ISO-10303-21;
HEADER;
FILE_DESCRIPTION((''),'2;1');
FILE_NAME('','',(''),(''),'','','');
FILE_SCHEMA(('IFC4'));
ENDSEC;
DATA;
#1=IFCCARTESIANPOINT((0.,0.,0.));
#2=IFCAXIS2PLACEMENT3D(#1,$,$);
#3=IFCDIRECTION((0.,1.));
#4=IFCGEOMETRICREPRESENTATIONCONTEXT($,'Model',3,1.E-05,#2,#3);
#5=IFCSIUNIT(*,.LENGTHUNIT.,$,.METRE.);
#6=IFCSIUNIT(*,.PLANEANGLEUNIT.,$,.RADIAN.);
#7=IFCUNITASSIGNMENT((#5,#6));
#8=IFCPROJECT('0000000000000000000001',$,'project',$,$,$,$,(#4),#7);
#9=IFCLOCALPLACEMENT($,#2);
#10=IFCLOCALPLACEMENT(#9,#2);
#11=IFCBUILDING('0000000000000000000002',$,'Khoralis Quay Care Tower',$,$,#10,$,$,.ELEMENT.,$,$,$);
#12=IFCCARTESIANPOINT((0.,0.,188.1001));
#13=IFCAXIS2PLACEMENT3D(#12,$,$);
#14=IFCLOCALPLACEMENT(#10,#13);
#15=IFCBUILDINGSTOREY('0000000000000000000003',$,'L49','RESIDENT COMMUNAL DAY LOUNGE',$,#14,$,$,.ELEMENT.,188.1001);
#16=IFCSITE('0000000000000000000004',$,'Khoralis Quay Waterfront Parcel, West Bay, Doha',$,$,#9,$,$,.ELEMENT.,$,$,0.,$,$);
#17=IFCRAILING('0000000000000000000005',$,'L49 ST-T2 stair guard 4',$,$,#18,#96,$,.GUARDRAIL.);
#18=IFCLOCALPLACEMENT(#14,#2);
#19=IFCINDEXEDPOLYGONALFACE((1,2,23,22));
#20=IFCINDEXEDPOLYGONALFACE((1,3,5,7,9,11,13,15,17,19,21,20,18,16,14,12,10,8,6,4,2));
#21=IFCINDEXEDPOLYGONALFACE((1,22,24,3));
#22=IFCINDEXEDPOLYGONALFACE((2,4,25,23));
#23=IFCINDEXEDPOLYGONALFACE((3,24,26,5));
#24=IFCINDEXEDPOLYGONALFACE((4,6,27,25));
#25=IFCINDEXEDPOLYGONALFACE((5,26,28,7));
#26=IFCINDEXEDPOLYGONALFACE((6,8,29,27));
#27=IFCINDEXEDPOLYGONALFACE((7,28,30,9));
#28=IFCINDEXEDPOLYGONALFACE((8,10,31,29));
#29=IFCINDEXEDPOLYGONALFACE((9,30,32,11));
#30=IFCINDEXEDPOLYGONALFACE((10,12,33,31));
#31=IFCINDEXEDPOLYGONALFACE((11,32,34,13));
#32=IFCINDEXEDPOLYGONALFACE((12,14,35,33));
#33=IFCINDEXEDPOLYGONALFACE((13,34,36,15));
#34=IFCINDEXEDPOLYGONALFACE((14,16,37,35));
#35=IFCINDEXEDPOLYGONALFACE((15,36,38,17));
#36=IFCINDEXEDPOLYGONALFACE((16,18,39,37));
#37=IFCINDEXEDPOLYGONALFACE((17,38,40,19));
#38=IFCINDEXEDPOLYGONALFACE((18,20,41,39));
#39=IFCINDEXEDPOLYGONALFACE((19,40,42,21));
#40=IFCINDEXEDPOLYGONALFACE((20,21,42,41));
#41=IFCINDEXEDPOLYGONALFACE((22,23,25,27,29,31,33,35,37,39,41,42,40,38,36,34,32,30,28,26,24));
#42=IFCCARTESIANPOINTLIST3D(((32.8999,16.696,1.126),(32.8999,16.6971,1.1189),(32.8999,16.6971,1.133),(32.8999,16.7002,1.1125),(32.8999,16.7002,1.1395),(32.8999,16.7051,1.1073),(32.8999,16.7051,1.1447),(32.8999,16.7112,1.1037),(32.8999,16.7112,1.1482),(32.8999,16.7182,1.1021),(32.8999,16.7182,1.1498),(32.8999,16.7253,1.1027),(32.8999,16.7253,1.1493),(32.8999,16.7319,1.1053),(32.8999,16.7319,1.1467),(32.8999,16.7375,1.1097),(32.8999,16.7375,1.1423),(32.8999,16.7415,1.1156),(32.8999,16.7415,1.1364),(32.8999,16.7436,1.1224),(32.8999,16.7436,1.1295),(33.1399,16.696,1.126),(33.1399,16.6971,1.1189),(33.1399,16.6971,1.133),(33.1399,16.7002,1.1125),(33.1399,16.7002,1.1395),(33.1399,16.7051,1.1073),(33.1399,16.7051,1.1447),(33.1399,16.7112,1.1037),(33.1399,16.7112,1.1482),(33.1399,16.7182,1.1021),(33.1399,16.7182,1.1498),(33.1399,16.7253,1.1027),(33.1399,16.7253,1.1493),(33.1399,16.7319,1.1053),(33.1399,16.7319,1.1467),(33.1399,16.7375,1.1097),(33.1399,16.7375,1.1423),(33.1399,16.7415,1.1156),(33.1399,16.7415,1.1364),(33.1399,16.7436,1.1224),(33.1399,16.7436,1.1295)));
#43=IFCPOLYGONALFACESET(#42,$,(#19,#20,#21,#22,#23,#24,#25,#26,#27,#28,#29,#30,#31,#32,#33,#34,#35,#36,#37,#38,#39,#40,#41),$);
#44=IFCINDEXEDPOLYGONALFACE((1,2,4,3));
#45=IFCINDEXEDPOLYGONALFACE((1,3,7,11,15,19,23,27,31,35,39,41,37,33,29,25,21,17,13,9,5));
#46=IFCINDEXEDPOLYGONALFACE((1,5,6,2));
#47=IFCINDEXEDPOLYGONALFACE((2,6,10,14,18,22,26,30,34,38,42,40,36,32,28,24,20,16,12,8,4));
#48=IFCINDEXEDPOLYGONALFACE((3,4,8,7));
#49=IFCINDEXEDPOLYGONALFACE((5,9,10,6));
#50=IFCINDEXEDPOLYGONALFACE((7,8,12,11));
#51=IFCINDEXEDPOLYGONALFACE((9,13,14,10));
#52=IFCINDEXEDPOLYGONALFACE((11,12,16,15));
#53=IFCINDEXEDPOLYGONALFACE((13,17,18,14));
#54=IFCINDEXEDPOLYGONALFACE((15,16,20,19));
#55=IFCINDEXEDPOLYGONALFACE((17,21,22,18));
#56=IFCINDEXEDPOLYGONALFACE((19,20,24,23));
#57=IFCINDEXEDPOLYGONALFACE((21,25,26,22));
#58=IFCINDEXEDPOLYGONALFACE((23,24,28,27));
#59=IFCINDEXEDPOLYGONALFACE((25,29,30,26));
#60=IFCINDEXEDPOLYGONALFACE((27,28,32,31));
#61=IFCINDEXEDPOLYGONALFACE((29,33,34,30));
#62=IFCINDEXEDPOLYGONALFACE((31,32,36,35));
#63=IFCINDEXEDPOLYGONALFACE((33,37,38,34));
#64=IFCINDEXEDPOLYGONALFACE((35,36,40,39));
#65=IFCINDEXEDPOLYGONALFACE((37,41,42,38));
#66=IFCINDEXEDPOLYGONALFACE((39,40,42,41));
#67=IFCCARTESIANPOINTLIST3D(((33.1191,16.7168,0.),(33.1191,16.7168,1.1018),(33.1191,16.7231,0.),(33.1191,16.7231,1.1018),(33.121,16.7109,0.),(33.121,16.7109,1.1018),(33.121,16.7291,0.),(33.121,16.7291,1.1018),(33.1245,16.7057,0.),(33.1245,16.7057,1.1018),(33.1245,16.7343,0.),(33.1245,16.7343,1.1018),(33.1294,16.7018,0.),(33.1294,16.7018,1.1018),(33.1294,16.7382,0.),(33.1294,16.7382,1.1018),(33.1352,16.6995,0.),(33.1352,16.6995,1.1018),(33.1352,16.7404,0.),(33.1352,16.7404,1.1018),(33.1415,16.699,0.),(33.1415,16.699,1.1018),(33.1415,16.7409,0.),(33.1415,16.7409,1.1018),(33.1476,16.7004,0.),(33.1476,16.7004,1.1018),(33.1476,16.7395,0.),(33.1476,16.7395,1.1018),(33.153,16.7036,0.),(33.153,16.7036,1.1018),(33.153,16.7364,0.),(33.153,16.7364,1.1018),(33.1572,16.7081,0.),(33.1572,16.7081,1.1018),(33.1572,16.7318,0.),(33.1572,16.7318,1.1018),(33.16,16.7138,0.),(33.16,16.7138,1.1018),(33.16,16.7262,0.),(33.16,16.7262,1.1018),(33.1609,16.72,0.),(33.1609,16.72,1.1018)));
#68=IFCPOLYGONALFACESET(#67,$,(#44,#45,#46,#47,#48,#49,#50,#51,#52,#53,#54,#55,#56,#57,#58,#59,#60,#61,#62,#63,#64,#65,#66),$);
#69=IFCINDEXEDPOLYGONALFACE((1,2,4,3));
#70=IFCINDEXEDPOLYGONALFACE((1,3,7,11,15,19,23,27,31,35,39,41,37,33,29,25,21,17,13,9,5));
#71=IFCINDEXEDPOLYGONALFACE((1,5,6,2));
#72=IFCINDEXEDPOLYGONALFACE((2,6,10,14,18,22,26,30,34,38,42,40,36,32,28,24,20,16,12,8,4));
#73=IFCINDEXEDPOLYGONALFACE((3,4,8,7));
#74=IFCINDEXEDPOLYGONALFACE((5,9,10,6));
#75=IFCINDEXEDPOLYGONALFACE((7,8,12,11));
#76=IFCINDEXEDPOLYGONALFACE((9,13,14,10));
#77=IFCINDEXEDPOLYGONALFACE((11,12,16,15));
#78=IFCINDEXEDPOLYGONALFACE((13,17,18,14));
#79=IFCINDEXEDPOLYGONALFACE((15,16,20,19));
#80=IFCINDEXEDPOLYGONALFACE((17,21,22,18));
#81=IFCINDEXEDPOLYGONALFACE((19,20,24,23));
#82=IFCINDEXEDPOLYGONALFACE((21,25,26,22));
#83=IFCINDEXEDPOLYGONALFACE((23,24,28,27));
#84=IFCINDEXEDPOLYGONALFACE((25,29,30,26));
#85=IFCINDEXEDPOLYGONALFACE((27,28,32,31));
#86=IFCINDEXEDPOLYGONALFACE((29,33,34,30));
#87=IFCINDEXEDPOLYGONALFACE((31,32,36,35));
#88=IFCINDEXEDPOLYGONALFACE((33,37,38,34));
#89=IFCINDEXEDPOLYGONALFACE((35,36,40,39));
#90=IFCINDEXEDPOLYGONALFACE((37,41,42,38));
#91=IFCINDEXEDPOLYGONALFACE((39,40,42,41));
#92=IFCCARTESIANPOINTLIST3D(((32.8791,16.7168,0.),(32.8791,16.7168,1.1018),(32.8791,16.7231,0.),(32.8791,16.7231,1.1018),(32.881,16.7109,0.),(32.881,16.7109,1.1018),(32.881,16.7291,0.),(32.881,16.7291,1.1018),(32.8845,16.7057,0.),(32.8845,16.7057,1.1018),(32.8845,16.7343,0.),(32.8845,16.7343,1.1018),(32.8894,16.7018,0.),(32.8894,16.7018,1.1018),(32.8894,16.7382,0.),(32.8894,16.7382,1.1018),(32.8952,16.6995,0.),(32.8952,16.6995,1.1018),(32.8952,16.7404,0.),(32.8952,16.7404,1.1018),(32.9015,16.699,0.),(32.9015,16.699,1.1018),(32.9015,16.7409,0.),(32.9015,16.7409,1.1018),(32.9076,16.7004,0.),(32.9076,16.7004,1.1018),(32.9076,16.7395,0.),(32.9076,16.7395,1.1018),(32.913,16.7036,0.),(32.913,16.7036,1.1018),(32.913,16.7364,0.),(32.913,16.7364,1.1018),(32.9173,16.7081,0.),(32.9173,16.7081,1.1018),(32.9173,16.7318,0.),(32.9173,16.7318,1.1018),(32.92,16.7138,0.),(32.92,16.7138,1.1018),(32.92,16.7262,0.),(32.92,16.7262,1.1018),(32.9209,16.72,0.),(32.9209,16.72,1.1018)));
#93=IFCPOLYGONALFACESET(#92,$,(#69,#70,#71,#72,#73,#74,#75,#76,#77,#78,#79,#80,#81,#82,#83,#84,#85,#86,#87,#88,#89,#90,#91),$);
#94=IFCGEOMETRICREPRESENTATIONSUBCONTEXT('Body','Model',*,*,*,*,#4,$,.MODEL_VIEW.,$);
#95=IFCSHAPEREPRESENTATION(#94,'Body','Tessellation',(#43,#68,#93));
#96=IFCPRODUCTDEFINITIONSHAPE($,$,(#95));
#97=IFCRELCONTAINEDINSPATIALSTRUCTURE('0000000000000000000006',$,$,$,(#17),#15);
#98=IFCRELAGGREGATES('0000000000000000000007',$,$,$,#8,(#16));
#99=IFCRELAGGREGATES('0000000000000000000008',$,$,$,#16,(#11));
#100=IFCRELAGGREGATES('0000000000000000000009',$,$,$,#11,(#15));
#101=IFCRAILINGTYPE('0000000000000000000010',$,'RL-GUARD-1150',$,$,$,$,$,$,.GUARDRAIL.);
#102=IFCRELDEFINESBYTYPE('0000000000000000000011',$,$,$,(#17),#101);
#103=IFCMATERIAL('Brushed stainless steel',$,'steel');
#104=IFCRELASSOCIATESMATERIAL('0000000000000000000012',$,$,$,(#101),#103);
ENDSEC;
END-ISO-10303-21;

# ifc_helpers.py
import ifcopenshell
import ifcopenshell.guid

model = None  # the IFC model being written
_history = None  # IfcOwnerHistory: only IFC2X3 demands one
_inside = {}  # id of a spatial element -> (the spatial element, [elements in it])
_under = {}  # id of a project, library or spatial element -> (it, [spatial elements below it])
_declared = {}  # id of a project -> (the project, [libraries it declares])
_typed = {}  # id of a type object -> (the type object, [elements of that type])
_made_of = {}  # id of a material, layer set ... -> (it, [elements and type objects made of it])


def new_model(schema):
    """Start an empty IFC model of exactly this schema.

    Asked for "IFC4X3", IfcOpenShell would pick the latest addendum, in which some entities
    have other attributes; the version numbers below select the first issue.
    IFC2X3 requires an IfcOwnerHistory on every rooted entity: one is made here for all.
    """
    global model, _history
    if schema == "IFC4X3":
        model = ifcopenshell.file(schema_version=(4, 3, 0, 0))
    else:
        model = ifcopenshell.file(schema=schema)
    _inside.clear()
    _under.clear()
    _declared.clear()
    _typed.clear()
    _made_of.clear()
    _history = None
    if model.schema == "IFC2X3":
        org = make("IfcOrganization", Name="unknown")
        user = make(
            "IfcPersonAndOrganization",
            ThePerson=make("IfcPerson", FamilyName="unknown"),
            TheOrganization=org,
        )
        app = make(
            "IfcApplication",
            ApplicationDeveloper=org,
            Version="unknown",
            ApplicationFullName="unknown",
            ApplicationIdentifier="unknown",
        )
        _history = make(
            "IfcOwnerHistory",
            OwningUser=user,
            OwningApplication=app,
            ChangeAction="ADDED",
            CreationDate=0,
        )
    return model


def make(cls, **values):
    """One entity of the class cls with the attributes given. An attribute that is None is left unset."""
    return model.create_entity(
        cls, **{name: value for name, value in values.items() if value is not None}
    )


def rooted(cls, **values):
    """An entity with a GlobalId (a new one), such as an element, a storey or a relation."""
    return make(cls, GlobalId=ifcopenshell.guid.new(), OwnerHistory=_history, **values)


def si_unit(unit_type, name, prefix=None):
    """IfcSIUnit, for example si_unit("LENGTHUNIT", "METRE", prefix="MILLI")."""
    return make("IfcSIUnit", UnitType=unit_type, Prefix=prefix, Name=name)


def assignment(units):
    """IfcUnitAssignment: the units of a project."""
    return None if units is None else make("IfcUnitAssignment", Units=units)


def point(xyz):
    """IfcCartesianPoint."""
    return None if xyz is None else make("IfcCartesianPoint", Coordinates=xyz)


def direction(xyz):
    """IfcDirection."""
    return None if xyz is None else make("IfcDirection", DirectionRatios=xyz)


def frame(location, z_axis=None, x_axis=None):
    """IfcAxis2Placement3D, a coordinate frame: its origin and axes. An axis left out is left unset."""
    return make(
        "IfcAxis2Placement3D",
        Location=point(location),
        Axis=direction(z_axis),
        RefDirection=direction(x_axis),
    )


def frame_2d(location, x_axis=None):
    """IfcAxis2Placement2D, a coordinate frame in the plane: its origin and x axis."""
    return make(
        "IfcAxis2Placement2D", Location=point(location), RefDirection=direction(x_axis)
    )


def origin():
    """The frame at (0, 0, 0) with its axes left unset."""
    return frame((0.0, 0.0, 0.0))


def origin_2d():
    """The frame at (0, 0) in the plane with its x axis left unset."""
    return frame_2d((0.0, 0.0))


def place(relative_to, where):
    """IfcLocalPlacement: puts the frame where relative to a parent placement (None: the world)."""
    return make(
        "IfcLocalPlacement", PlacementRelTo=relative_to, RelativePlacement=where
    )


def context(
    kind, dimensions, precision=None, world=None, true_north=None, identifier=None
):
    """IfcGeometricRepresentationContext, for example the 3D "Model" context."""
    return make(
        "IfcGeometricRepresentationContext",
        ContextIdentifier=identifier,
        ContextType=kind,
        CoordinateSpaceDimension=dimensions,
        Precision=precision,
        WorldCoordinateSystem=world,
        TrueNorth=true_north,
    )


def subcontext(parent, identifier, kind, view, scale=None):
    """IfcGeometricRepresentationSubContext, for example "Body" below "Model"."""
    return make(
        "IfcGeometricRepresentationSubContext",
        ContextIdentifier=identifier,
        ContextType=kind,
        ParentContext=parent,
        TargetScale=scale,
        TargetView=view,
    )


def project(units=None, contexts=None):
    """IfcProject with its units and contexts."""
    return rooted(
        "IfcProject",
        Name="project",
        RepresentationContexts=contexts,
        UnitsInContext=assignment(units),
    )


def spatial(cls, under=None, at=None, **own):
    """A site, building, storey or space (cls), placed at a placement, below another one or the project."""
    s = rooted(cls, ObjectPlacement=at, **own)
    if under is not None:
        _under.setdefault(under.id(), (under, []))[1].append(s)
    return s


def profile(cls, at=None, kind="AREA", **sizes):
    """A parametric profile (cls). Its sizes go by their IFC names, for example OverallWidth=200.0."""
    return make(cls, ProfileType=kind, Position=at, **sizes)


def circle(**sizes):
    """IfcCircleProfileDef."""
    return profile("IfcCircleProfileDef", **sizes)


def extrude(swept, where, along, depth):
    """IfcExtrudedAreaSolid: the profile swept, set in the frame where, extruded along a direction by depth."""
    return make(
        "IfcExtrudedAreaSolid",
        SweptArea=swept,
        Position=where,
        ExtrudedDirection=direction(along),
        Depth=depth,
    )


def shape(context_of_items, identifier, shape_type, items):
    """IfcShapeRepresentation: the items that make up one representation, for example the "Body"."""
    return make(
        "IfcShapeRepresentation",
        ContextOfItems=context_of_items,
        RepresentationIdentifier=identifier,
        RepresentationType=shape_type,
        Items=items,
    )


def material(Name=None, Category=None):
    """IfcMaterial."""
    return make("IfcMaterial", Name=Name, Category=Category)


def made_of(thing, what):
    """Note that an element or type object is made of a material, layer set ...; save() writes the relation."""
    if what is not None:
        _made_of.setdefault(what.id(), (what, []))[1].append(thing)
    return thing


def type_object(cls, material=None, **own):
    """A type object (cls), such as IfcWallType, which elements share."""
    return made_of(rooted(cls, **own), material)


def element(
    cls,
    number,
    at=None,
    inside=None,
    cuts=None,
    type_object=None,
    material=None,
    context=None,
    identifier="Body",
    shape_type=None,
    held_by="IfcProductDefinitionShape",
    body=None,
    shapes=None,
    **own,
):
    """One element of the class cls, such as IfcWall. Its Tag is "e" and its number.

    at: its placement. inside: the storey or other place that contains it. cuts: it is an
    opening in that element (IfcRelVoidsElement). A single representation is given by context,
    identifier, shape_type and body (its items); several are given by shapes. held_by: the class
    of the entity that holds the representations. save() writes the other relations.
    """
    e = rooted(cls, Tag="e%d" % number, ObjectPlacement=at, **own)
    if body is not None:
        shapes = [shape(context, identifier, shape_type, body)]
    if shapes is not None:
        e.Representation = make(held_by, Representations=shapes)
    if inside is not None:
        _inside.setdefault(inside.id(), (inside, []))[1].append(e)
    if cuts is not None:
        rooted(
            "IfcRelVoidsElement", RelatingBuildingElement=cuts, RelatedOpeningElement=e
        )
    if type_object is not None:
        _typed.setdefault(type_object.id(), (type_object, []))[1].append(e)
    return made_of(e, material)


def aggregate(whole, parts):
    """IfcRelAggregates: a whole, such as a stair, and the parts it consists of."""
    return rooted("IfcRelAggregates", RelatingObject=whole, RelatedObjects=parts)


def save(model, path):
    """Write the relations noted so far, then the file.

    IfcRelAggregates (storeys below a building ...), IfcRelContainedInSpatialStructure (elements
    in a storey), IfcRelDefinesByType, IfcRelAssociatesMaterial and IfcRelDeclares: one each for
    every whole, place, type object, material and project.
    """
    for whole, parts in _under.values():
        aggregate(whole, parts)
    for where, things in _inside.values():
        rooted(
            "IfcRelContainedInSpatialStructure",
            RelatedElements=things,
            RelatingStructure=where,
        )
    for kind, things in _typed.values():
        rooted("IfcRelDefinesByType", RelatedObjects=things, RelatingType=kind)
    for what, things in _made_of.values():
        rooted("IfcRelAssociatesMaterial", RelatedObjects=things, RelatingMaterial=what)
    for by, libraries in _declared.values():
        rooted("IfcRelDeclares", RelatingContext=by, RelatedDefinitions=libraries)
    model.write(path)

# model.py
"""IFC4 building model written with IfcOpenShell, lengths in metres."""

from ifc_helpers import new_model, si_unit, direction, frame, origin, origin_2d, place, context, subcontext, project, spatial, circle, extrude, material, type_object, element, save


model = new_model("IFC4")

# Units and contexts
model_context = context("Model", 3, precision=1e-05, world=origin(), true_north=direction((0.0, 1.0)))
body_context = subcontext(model_context, "Body", "Model", "MODEL_VIEW")
ifc_project = project(units=[si_unit("LENGTHUNIT", "METRE"), si_unit("PLANEANGLEUNIT", "RADIAN")], contexts=[model_context])

# Site, building, storey
site_placement = place(None, origin())
site = spatial("IfcSite", under=ifc_project, at=site_placement, Name="Khoralis Quay Waterfront Parcel, West Bay, Doha", CompositionType="ELEMENT", RefElevation=0.0)
building_placement = place(site_placement, origin())
building = spatial("IfcBuilding", under=site, at=building_placement, Name="Khoralis Quay Care Tower", CompositionType="ELEMENT")
storey_placement = place(building_placement, frame((0.0, 0.0, 188.1001)))
storey = spatial("IfcBuildingStorey", under=building, at=storey_placement, Name="L49", Description="RESIDENT COMMUNAL DAY LOUNGE", CompositionType="ELEMENT", Elevation=188.1001)

# Shared definitions
ifc_material_1 = material(Name="Brushed stainless steel", Category="steel")

# Railing
railing_type_1 = type_object("IfcRailingType", Name="RL-GUARD-1150", PredefinedType="GUARDRAIL", material=ifc_material_1)
railing_1_placement = place(storey_placement, frame((33.1399, 16.72, 0.0)))
element("IfcRailing", 1, at=railing_1_placement, inside=storey, type_object=railing_type_1, Name="L49 ST-T2 stair guard 4", PredefinedType="GUARDRAIL", context=body_context, shape_type="SweptSolid", body=[
    extrude(circle(Radius=0.0239, at=origin_2d()), frame((0.0, 0.0, 1.126), z_axis=(-1.0, 0.0, 0.0), x_axis=(0.0, -1.0, 0.0)), (0.0, 0.0, 1.0), 0.24),
    extrude(circle(Radius=0.021, at=origin_2d()), origin(), (0.0, 0.0, 1.0), 1.1018),
    extrude(circle(Radius=0.021, at=origin_2d()), frame((-0.24, 0.0, 0.0)), (0.0, 0.0, 1.0), 1.1018),
])

save(model, "model.ifc")
